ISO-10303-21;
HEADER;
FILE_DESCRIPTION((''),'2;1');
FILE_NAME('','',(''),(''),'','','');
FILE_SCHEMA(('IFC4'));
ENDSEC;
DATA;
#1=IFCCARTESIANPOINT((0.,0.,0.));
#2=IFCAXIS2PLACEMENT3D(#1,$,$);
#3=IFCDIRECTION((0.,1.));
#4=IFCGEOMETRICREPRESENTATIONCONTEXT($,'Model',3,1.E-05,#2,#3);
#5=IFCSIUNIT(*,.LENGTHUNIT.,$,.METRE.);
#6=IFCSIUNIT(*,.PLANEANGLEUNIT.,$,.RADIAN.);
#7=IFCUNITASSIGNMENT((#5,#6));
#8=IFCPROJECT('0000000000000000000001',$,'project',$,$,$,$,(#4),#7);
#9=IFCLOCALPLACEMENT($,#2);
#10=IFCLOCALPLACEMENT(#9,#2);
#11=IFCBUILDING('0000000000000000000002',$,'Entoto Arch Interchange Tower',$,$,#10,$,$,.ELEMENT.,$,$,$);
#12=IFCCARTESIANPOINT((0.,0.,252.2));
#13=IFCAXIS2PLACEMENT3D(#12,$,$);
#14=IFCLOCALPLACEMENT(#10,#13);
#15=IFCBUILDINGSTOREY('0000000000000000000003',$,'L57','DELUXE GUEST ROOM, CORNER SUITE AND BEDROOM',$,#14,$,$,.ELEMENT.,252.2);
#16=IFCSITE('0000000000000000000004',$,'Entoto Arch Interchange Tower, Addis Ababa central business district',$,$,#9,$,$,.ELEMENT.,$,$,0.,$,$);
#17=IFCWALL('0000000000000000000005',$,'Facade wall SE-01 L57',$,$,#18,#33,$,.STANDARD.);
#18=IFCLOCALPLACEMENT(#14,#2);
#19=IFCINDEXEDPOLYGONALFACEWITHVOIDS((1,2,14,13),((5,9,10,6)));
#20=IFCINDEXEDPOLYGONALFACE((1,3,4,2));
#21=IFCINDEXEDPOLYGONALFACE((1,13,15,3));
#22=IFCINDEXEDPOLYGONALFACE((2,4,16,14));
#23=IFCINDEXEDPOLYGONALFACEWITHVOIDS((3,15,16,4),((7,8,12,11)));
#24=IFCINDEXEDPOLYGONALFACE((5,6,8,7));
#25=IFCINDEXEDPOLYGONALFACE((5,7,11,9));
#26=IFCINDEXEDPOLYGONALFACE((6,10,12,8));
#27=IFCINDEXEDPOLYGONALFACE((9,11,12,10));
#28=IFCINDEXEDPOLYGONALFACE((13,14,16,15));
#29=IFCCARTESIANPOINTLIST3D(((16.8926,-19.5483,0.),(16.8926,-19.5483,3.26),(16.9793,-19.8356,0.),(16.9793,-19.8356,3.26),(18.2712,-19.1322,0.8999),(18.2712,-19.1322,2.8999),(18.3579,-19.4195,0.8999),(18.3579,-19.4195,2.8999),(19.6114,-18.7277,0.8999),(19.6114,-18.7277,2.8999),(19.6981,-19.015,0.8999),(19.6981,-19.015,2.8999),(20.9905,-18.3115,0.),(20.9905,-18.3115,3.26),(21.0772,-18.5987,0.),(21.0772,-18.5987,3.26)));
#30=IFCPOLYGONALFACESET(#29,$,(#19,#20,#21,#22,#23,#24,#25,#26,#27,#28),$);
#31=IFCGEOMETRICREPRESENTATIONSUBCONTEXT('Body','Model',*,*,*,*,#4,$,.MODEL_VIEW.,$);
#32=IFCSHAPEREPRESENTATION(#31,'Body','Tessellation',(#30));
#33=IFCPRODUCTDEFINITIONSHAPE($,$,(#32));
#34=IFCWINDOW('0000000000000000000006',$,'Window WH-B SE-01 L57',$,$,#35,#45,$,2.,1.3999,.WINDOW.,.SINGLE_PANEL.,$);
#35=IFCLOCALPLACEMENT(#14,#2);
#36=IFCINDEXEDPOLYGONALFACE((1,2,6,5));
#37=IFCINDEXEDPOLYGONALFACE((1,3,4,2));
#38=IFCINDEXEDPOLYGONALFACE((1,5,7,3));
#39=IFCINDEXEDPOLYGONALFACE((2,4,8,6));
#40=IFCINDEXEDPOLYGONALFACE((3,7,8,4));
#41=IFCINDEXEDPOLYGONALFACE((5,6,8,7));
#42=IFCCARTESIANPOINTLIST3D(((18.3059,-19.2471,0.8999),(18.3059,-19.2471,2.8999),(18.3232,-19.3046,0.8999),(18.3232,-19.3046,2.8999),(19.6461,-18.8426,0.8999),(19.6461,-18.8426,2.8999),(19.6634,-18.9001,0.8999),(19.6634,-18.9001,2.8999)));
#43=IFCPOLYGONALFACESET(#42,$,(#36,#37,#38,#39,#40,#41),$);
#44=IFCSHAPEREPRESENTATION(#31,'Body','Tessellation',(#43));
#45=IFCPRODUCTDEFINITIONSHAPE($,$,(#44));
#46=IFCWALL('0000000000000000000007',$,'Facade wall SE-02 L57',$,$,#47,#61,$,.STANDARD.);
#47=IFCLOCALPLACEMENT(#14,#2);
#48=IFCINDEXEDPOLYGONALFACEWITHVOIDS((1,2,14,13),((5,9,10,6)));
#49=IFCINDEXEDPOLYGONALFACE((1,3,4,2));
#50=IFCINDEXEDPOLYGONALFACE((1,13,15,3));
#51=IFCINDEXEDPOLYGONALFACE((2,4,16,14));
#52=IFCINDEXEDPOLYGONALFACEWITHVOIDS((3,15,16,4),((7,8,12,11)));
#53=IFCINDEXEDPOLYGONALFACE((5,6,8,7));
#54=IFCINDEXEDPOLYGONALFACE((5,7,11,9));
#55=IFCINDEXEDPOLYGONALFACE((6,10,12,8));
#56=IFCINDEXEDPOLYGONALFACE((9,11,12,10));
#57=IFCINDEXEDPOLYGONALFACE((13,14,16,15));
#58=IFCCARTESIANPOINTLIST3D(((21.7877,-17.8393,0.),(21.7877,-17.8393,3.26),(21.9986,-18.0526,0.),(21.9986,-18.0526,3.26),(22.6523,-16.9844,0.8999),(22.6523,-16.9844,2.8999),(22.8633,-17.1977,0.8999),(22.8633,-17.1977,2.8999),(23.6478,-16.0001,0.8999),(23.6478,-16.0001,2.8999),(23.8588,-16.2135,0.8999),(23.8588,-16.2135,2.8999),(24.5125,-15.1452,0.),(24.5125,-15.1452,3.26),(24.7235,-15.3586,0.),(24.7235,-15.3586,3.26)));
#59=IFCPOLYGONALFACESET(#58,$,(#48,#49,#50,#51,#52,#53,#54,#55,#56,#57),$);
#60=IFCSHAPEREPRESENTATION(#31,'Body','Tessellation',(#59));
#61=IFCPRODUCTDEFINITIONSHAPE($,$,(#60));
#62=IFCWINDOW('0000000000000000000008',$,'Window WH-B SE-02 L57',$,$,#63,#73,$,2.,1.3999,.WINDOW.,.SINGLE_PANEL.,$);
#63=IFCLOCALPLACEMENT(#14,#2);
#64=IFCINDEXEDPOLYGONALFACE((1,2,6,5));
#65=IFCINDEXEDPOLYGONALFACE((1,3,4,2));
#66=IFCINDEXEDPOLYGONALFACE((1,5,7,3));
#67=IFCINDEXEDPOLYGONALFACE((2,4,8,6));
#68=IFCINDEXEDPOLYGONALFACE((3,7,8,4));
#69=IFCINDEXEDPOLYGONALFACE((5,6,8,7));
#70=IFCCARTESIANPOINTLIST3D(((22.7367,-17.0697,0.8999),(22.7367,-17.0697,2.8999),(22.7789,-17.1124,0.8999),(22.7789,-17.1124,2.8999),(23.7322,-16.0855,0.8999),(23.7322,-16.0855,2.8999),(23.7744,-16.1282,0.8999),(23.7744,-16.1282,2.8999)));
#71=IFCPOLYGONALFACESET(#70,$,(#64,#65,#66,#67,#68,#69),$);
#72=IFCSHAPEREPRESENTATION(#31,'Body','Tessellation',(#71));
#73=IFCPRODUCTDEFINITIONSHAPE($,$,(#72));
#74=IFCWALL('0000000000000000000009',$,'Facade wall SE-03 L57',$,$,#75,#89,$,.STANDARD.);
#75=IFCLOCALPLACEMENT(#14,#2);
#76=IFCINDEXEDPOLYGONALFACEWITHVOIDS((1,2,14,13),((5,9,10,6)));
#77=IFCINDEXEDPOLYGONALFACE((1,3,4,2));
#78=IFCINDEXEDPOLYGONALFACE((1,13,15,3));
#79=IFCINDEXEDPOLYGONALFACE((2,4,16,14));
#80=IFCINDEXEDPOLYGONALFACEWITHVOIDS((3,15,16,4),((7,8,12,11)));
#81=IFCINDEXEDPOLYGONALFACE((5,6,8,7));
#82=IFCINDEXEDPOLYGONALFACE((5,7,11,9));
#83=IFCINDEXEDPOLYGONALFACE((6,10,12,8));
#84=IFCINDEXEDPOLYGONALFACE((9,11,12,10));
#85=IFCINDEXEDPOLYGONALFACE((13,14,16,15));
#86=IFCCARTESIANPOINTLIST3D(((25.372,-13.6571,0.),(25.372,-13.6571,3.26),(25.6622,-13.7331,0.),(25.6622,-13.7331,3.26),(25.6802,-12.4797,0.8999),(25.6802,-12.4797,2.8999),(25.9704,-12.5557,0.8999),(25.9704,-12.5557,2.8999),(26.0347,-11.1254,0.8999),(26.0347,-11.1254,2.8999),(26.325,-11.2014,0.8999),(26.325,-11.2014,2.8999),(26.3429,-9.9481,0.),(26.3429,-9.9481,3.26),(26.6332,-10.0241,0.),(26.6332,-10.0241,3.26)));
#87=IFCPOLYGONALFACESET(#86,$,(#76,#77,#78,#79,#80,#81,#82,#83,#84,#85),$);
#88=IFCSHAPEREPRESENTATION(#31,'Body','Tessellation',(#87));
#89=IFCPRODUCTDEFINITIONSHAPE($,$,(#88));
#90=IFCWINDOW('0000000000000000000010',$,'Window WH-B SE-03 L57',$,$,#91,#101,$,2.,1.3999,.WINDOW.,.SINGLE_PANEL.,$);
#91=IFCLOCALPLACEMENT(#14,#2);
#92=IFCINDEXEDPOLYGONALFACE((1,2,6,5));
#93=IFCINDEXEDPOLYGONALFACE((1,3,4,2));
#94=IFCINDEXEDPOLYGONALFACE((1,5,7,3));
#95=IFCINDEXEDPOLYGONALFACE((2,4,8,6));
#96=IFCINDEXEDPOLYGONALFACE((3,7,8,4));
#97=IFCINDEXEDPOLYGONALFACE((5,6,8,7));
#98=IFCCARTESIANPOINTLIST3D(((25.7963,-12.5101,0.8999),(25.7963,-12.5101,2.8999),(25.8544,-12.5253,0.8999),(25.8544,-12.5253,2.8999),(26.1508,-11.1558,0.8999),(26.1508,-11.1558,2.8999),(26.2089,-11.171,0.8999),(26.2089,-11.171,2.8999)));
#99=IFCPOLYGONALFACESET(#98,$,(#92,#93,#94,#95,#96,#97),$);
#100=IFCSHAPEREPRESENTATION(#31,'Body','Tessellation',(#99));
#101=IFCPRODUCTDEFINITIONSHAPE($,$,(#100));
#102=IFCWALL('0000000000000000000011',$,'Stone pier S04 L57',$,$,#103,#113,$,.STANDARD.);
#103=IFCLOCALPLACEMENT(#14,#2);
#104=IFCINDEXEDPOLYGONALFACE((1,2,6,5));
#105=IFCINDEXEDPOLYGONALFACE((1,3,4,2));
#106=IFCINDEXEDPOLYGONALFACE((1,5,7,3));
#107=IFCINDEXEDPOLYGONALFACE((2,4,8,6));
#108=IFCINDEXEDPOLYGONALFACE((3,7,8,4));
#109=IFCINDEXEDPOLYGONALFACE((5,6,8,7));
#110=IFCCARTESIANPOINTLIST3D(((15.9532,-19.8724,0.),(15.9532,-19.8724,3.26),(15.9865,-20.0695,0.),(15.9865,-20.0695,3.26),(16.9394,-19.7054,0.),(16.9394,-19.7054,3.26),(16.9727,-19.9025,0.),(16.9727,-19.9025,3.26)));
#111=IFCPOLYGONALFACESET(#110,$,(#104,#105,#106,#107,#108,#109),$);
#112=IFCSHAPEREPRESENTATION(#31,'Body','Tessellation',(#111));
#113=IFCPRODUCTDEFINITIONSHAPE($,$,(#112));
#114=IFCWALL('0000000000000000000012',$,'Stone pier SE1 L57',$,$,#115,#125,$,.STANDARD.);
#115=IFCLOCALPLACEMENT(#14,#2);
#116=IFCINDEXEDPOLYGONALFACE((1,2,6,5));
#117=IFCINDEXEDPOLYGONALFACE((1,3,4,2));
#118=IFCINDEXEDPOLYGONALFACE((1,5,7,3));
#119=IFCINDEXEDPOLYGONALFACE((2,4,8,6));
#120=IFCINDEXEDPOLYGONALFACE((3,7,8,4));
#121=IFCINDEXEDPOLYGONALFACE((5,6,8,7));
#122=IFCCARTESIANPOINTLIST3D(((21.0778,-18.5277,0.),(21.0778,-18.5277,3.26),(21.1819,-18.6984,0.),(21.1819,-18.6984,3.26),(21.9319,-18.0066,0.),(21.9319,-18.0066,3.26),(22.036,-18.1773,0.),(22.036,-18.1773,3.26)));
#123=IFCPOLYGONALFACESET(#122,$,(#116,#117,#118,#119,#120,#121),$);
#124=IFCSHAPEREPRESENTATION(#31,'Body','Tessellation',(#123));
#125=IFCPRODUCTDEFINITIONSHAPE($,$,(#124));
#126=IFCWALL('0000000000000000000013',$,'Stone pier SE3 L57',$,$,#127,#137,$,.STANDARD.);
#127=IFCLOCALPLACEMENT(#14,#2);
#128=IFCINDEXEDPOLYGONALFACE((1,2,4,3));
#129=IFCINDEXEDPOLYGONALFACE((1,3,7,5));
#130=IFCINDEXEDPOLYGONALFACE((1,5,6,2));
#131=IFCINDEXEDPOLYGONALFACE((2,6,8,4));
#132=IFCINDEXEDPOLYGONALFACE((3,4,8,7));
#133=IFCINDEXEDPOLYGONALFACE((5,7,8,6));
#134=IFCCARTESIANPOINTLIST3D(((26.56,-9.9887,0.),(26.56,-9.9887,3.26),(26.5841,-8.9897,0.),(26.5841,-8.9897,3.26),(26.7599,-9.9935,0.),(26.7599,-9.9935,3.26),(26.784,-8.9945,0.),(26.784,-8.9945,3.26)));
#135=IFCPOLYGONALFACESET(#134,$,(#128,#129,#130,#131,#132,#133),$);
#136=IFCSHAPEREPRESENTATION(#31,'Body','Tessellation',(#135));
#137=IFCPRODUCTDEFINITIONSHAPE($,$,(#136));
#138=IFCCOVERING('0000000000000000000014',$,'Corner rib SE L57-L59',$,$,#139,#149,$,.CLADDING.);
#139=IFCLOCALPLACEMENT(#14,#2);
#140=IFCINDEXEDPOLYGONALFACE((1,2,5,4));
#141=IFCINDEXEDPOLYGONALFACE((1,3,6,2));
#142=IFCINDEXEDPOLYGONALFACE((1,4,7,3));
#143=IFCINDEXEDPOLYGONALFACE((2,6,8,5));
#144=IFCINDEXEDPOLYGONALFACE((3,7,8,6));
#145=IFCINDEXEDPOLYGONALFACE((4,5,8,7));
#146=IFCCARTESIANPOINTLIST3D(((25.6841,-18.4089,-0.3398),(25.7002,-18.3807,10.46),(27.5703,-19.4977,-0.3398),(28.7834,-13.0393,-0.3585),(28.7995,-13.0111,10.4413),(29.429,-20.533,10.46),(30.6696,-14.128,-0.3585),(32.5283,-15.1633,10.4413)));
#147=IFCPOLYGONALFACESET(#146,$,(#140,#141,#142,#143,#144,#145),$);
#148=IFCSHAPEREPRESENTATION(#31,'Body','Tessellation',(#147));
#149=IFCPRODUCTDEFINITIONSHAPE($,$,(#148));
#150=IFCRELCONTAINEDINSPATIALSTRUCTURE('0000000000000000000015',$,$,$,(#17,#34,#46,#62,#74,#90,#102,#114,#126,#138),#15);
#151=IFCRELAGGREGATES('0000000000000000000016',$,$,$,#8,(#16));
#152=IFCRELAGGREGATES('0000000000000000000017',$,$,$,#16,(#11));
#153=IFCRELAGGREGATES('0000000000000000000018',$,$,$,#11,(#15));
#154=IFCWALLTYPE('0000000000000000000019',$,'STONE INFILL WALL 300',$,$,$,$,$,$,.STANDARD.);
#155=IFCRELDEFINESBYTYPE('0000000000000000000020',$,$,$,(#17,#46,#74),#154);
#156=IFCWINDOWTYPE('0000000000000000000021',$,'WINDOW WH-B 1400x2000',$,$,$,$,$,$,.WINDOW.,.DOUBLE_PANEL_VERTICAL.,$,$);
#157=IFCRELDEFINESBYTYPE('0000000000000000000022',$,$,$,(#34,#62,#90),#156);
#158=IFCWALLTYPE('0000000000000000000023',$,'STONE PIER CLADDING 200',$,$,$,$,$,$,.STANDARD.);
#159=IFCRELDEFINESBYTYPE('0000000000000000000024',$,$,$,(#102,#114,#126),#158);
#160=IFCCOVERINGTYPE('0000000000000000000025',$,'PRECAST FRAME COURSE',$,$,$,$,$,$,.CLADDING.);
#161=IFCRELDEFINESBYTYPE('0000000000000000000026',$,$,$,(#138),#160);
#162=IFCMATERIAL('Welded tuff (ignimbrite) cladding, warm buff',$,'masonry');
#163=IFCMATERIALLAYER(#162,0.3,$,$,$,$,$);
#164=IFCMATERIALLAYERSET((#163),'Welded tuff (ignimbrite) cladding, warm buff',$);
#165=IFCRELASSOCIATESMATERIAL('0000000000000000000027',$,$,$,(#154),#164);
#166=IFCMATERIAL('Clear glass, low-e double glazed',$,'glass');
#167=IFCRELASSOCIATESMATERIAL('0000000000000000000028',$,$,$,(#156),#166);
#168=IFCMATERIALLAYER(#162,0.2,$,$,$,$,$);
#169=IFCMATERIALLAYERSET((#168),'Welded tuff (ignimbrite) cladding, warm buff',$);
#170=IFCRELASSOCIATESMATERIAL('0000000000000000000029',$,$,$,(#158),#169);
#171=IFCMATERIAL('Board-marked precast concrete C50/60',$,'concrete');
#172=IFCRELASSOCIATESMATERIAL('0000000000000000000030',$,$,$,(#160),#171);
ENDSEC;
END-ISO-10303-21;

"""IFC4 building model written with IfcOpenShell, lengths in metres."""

from ifc_helpers import new_model, si_unit, direction, frame, frame_2d, origin, place, context, subcontext, project, spatial, polyline, rectangle, outline, extrude, material, layer, layer_set, type_object, element, fill, save


model = new_model("IFC4")

# Units and contexts
model_context = context("Model", 3, precision=1e-05, world=origin(), true_north=direction((0.0, 1.0)))
body_context = subcontext(model_context, "Body", "Model", "MODEL_VIEW")
ifc_project = project(units=[si_unit("LENGTHUNIT", "METRE"), si_unit("PLANEANGLEUNIT", "RADIAN")], contexts=[model_context])

# Site, building, storey
site_placement = place(None, origin())
site = spatial("IfcSite", under=ifc_project, at=site_placement, Name="Entoto Arch Interchange Tower, Addis Ababa central business district", CompositionType="ELEMENT", RefElevation=0.0)
building_placement = place(site_placement, origin())
building = spatial("IfcBuilding", under=site, at=building_placement, Name="Entoto Arch Interchange Tower", CompositionType="ELEMENT")
storey_placement = place(building_placement, frame((0.0, 0.0, 252.2)))
storey = spatial("IfcBuildingStorey", under=building, at=storey_placement, Name="L57", Description="DELUXE GUEST ROOM, CORNER SUITE AND BEDROOM", CompositionType="ELEMENT", Elevation=252.2)

# Walls, openings, windows
ifc_material_1 = material(Name="Welded tuff (ignimbrite) cladding, warm buff", Category="masonry")
ifc_layer_1 = layer(ifc_material_1, 0.3)
ifc_layer_set_1 = layer_set([ifc_layer_1], Name="Welded tuff (ignimbrite) cladding, warm buff")
wall_type_1 = type_object("IfcWallType", Name="STONE INFILL WALL 300", PredefinedType="STANDARD", material=ifc_layer_set_1)
wall_1_placement = place(storey_placement, frame((16.936, -19.6919, 0.0), z_axis=(0.0, 0.0, 1.0), x_axis=(0.957346, 0.288943, 0.0)))
wall_1 = element("IfcWall", 1, at=wall_1_placement, inside=storey, type_object=wall_type_1, Name="Facade wall SE-01 L57", PredefinedType="STANDARD", context=body_context, shape_type="SweptSolid", body=[
    extrude(rectangle(XDim=4.2805, YDim=0.3, at=frame_2d((2.1401, 0.0))), origin(), (0.0, 0.0, 1.0), 3.26),
])
opening_1_placement = place(wall_1_placement, frame((1.4399, 0.0, 0.8999)))
opening_1 = element("IfcOpeningElement", 2, at=opening_1_placement, cuts=wall_1, PredefinedType="OPENING", context=body_context, shape_type="SweptSolid", body=[
    extrude(rectangle(XDim=1.3999, YDim=2.0, at=frame_2d((0.7, 1.0))), frame((0.0, 0.1602, 0.0), z_axis=(0.0, -1.0, 0.0), x_axis=(1.0, 0.0, 0.0)), (0.0, 0.0, 1.0), 0.3201),
])
ifc_material_2 = material(Name="Clear glass, low-e double glazed", Category="glass")
window_type = type_object("IfcWindowType", Name="WINDOW WH-B 1400x2000", PartitioningType="DOUBLE_PANEL_VERTICAL", PredefinedType="WINDOW", material=ifc_material_2)
window_1_placement = place(opening_1_placement, origin())
window_1 = element("IfcWindow", 3, at=window_1_placement, inside=storey, type_object=window_type, Name="Window WH-B SE-01 L57", OverallHeight=2.0, OverallWidth=1.3999, PartitioningType="SINGLE_PANEL", PredefinedType="WINDOW", context=body_context, shape_type="SweptSolid", body=[
    extrude(rectangle(XDim=1.3999, YDim=2.0, at=frame_2d((0.7, 1.0))), frame((0.0, 0.03, 0.0), z_axis=(0.0, -1.0, 0.0), x_axis=(1.0, 0.0, 0.0)), (0.0, 0.0, 1.0), 0.0601),
])
fill(opening_1, window_1)
wall_2_placement = place(storey_placement, frame((21.8931, -17.946, 0.0), z_axis=(0.0, 0.0, 1.0), x_axis=(0.711109, 0.703081, 0.0)))
wall_2 = element("IfcWall", 4, at=wall_2_placement, inside=storey, type_object=wall_type_1, Name="Facade wall SE-02 L57", PredefinedType="STANDARD", context=body_context, shape_type="SweptSolid", body=[
    extrude(rectangle(XDim=3.8318, YDim=0.3, at=frame_2d((1.916, 0.0))), origin(), (0.0, 0.0, 1.0), 3.26),
])
opening_2_placement = place(wall_2_placement, frame((1.2161, 0.0, 0.8999)))
opening_2 = element("IfcOpeningElement", 5, at=opening_2_placement, cuts=wall_2, PredefinedType="OPENING", context=body_context, shape_type="SweptSolid", body=[
    extrude(rectangle(XDim=1.3999, YDim=2.0, at=frame_2d((0.7, 1.0))), frame((0.0, 0.1602, 0.0), z_axis=(0.0, -1.0, 0.0), x_axis=(1.0, 0.0, 0.0)), (0.0, 0.0, 1.0), 0.3201),
])
window_2_placement = place(opening_2_placement, origin())
window_2 = element("IfcWindow", 6, at=window_2_placement, inside=storey, type_object=window_type, Name="Window WH-B SE-02 L57", OverallHeight=2.0, OverallWidth=1.3999, PartitioningType="SINGLE_PANEL", PredefinedType="WINDOW", context=body_context, shape_type="SweptSolid", body=[
    extrude(rectangle(XDim=1.3999, YDim=2.0, at=frame_2d((0.7, 1.0))), frame((0.0, 0.03, 0.0), z_axis=(0.0, -1.0, 0.0), x_axis=(1.0, 0.0, 0.0)), (0.0, 0.0, 1.0), 0.0601),
])
fill(opening_2, window_2)
wall_3_placement = place(storey_placement, frame((25.5171, -13.6951, 0.0), z_axis=(0.0, 0.0, 1.0), x_axis=(0.253249, 0.967401, 0.0)))
wall_3 = element("IfcWall", 7, at=wall_3_placement, inside=storey, type_object=wall_type_1, Name="Facade wall SE-03 L57", PredefinedType="STANDARD", context=body_context, shape_type="SweptSolid", body=[
    extrude(rectangle(XDim=3.834, YDim=0.3, at=frame_2d((1.917, 0.0))), origin(), (0.0, 0.0, 1.0), 3.26),
])
opening_3_placement = place(wall_3_placement, frame((1.217, 0.0, 0.8999)))
opening_3 = element("IfcOpeningElement", 8, at=opening_3_placement, cuts=wall_3, PredefinedType="OPENING", context=body_context, shape_type="SweptSolid", body=[
    extrude(rectangle(XDim=1.3999, YDim=2.0, at=frame_2d((0.7, 1.0))), frame((0.0, 0.1602, 0.0), z_axis=(0.0, -1.0, 0.0), x_axis=(1.0, 0.0, 0.0)), (0.0, 0.0, 1.0), 0.3201),
])
window_3_placement = place(opening_3_placement, origin())
window_3 = element("IfcWindow", 9, at=window_3_placement, inside=storey, type_object=window_type, Name="Window WH-B SE-03 L57", OverallHeight=2.0, OverallWidth=1.3999, PartitioningType="SINGLE_PANEL", PredefinedType="WINDOW", context=body_context, shape_type="SweptSolid", body=[
    extrude(rectangle(XDim=1.3999, YDim=2.0, at=frame_2d((0.7, 1.0))), frame((0.0, 0.03, 0.0), z_axis=(0.0, -1.0, 0.0), x_axis=(1.0, 0.0, 0.0)), (0.0, 0.0, 1.0), 0.0601),
])
fill(opening_3, window_3)

# Walls
ifc_layer_2 = layer(ifc_material_1, 0.2)
ifc_layer_set_2 = layer_set([ifc_layer_2], Name="Welded tuff (ignimbrite) cladding, warm buff")
wall_type_2 = type_object("IfcWallType", Name="STONE PIER CLADDING 200", PredefinedType="STANDARD", material=ifc_layer_set_2)
wall_4_placement = place(storey_placement, frame((15.97, -19.9709, 0.0), z_axis=(0.0, 0.0, 1.0), x_axis=(0.985962, 0.166971, 0.0)))
element("IfcWall", 10, at=wall_4_placement, inside=storey, type_object=wall_type_2, Name="Stone pier S04 L57", PredefinedType="STANDARD", context=body_context, shape_type="SweptSolid", body=[
    extrude(rectangle(XDim=1.0002, YDim=0.2, at=frame_2d((0.5, 0.0))), origin(), (0.0, 0.0, 1.0), 3.26),
])
wall_5_placement = place(storey_placement, frame((21.1299, -18.613, 0.0), z_axis=(0.0, 0.0, 1.0), x_axis=(0.85368, 0.520798, 0.0)))
element("IfcWall", 11, at=wall_5_placement, inside=storey, type_object=wall_type_2, Name="Stone pier SE1 L57", PredefinedType="STANDARD", context=body_context, shape_type="SweptSolid", body=[
    extrude(rectangle(XDim=1.0005, YDim=0.2, at=frame_2d((0.5002, 0.0))), origin(), (0.0, 0.0, 1.0), 3.26),
])
wall_6_placement = place(storey_placement, frame((26.6599, -9.991, 0.0), z_axis=(0.0, 0.0, 1.0), x_axis=(0.024186, 0.999707, 0.0)))
element("IfcWall", 12, at=wall_6_placement, inside=storey, type_object=wall_type_2, Name="Stone pier SE3 L57", PredefinedType="STANDARD", context=body_context, shape_type="SweptSolid", body=[
    extrude(rectangle(XDim=0.9993, YDim=0.2, at=frame_2d((0.4995, 0.0))), origin(), (0.0, 0.0, 1.0), 3.26),
])

# Covering
ifc_material_3 = material(Name="Board-marked precast concrete C50/60", Category="concrete")
covering_type = type_object("IfcCoveringType", Name="PRECAST FRAME COURSE", PredefinedType="CLADDING", material=ifc_material_3)
covering_placement = place(storey_placement, frame((25.6841, -18.4089, -0.3398), z_axis=(-0.499899, -0.866078, 0.003008), x_axis=(0.866082, -0.499902, -0.000001)))
element("IfcCovering", 13, at=covering_placement, inside=storey, type_object=covering_type, Name="Corner rib SE L57-L59", PredefinedType="CLADDING", context=body_context, shape_type="SweptSolid", body=[
    extrude(outline(polyline([(0.0, 0.0), (2.1779, 0.0), (4.3052, 10.7999), (-0.0002, 10.7999), (0.0, 0.0)])), origin(), (0.0, 0.0, -1.0), 6.2),
])

save(model, "model.ifc")
